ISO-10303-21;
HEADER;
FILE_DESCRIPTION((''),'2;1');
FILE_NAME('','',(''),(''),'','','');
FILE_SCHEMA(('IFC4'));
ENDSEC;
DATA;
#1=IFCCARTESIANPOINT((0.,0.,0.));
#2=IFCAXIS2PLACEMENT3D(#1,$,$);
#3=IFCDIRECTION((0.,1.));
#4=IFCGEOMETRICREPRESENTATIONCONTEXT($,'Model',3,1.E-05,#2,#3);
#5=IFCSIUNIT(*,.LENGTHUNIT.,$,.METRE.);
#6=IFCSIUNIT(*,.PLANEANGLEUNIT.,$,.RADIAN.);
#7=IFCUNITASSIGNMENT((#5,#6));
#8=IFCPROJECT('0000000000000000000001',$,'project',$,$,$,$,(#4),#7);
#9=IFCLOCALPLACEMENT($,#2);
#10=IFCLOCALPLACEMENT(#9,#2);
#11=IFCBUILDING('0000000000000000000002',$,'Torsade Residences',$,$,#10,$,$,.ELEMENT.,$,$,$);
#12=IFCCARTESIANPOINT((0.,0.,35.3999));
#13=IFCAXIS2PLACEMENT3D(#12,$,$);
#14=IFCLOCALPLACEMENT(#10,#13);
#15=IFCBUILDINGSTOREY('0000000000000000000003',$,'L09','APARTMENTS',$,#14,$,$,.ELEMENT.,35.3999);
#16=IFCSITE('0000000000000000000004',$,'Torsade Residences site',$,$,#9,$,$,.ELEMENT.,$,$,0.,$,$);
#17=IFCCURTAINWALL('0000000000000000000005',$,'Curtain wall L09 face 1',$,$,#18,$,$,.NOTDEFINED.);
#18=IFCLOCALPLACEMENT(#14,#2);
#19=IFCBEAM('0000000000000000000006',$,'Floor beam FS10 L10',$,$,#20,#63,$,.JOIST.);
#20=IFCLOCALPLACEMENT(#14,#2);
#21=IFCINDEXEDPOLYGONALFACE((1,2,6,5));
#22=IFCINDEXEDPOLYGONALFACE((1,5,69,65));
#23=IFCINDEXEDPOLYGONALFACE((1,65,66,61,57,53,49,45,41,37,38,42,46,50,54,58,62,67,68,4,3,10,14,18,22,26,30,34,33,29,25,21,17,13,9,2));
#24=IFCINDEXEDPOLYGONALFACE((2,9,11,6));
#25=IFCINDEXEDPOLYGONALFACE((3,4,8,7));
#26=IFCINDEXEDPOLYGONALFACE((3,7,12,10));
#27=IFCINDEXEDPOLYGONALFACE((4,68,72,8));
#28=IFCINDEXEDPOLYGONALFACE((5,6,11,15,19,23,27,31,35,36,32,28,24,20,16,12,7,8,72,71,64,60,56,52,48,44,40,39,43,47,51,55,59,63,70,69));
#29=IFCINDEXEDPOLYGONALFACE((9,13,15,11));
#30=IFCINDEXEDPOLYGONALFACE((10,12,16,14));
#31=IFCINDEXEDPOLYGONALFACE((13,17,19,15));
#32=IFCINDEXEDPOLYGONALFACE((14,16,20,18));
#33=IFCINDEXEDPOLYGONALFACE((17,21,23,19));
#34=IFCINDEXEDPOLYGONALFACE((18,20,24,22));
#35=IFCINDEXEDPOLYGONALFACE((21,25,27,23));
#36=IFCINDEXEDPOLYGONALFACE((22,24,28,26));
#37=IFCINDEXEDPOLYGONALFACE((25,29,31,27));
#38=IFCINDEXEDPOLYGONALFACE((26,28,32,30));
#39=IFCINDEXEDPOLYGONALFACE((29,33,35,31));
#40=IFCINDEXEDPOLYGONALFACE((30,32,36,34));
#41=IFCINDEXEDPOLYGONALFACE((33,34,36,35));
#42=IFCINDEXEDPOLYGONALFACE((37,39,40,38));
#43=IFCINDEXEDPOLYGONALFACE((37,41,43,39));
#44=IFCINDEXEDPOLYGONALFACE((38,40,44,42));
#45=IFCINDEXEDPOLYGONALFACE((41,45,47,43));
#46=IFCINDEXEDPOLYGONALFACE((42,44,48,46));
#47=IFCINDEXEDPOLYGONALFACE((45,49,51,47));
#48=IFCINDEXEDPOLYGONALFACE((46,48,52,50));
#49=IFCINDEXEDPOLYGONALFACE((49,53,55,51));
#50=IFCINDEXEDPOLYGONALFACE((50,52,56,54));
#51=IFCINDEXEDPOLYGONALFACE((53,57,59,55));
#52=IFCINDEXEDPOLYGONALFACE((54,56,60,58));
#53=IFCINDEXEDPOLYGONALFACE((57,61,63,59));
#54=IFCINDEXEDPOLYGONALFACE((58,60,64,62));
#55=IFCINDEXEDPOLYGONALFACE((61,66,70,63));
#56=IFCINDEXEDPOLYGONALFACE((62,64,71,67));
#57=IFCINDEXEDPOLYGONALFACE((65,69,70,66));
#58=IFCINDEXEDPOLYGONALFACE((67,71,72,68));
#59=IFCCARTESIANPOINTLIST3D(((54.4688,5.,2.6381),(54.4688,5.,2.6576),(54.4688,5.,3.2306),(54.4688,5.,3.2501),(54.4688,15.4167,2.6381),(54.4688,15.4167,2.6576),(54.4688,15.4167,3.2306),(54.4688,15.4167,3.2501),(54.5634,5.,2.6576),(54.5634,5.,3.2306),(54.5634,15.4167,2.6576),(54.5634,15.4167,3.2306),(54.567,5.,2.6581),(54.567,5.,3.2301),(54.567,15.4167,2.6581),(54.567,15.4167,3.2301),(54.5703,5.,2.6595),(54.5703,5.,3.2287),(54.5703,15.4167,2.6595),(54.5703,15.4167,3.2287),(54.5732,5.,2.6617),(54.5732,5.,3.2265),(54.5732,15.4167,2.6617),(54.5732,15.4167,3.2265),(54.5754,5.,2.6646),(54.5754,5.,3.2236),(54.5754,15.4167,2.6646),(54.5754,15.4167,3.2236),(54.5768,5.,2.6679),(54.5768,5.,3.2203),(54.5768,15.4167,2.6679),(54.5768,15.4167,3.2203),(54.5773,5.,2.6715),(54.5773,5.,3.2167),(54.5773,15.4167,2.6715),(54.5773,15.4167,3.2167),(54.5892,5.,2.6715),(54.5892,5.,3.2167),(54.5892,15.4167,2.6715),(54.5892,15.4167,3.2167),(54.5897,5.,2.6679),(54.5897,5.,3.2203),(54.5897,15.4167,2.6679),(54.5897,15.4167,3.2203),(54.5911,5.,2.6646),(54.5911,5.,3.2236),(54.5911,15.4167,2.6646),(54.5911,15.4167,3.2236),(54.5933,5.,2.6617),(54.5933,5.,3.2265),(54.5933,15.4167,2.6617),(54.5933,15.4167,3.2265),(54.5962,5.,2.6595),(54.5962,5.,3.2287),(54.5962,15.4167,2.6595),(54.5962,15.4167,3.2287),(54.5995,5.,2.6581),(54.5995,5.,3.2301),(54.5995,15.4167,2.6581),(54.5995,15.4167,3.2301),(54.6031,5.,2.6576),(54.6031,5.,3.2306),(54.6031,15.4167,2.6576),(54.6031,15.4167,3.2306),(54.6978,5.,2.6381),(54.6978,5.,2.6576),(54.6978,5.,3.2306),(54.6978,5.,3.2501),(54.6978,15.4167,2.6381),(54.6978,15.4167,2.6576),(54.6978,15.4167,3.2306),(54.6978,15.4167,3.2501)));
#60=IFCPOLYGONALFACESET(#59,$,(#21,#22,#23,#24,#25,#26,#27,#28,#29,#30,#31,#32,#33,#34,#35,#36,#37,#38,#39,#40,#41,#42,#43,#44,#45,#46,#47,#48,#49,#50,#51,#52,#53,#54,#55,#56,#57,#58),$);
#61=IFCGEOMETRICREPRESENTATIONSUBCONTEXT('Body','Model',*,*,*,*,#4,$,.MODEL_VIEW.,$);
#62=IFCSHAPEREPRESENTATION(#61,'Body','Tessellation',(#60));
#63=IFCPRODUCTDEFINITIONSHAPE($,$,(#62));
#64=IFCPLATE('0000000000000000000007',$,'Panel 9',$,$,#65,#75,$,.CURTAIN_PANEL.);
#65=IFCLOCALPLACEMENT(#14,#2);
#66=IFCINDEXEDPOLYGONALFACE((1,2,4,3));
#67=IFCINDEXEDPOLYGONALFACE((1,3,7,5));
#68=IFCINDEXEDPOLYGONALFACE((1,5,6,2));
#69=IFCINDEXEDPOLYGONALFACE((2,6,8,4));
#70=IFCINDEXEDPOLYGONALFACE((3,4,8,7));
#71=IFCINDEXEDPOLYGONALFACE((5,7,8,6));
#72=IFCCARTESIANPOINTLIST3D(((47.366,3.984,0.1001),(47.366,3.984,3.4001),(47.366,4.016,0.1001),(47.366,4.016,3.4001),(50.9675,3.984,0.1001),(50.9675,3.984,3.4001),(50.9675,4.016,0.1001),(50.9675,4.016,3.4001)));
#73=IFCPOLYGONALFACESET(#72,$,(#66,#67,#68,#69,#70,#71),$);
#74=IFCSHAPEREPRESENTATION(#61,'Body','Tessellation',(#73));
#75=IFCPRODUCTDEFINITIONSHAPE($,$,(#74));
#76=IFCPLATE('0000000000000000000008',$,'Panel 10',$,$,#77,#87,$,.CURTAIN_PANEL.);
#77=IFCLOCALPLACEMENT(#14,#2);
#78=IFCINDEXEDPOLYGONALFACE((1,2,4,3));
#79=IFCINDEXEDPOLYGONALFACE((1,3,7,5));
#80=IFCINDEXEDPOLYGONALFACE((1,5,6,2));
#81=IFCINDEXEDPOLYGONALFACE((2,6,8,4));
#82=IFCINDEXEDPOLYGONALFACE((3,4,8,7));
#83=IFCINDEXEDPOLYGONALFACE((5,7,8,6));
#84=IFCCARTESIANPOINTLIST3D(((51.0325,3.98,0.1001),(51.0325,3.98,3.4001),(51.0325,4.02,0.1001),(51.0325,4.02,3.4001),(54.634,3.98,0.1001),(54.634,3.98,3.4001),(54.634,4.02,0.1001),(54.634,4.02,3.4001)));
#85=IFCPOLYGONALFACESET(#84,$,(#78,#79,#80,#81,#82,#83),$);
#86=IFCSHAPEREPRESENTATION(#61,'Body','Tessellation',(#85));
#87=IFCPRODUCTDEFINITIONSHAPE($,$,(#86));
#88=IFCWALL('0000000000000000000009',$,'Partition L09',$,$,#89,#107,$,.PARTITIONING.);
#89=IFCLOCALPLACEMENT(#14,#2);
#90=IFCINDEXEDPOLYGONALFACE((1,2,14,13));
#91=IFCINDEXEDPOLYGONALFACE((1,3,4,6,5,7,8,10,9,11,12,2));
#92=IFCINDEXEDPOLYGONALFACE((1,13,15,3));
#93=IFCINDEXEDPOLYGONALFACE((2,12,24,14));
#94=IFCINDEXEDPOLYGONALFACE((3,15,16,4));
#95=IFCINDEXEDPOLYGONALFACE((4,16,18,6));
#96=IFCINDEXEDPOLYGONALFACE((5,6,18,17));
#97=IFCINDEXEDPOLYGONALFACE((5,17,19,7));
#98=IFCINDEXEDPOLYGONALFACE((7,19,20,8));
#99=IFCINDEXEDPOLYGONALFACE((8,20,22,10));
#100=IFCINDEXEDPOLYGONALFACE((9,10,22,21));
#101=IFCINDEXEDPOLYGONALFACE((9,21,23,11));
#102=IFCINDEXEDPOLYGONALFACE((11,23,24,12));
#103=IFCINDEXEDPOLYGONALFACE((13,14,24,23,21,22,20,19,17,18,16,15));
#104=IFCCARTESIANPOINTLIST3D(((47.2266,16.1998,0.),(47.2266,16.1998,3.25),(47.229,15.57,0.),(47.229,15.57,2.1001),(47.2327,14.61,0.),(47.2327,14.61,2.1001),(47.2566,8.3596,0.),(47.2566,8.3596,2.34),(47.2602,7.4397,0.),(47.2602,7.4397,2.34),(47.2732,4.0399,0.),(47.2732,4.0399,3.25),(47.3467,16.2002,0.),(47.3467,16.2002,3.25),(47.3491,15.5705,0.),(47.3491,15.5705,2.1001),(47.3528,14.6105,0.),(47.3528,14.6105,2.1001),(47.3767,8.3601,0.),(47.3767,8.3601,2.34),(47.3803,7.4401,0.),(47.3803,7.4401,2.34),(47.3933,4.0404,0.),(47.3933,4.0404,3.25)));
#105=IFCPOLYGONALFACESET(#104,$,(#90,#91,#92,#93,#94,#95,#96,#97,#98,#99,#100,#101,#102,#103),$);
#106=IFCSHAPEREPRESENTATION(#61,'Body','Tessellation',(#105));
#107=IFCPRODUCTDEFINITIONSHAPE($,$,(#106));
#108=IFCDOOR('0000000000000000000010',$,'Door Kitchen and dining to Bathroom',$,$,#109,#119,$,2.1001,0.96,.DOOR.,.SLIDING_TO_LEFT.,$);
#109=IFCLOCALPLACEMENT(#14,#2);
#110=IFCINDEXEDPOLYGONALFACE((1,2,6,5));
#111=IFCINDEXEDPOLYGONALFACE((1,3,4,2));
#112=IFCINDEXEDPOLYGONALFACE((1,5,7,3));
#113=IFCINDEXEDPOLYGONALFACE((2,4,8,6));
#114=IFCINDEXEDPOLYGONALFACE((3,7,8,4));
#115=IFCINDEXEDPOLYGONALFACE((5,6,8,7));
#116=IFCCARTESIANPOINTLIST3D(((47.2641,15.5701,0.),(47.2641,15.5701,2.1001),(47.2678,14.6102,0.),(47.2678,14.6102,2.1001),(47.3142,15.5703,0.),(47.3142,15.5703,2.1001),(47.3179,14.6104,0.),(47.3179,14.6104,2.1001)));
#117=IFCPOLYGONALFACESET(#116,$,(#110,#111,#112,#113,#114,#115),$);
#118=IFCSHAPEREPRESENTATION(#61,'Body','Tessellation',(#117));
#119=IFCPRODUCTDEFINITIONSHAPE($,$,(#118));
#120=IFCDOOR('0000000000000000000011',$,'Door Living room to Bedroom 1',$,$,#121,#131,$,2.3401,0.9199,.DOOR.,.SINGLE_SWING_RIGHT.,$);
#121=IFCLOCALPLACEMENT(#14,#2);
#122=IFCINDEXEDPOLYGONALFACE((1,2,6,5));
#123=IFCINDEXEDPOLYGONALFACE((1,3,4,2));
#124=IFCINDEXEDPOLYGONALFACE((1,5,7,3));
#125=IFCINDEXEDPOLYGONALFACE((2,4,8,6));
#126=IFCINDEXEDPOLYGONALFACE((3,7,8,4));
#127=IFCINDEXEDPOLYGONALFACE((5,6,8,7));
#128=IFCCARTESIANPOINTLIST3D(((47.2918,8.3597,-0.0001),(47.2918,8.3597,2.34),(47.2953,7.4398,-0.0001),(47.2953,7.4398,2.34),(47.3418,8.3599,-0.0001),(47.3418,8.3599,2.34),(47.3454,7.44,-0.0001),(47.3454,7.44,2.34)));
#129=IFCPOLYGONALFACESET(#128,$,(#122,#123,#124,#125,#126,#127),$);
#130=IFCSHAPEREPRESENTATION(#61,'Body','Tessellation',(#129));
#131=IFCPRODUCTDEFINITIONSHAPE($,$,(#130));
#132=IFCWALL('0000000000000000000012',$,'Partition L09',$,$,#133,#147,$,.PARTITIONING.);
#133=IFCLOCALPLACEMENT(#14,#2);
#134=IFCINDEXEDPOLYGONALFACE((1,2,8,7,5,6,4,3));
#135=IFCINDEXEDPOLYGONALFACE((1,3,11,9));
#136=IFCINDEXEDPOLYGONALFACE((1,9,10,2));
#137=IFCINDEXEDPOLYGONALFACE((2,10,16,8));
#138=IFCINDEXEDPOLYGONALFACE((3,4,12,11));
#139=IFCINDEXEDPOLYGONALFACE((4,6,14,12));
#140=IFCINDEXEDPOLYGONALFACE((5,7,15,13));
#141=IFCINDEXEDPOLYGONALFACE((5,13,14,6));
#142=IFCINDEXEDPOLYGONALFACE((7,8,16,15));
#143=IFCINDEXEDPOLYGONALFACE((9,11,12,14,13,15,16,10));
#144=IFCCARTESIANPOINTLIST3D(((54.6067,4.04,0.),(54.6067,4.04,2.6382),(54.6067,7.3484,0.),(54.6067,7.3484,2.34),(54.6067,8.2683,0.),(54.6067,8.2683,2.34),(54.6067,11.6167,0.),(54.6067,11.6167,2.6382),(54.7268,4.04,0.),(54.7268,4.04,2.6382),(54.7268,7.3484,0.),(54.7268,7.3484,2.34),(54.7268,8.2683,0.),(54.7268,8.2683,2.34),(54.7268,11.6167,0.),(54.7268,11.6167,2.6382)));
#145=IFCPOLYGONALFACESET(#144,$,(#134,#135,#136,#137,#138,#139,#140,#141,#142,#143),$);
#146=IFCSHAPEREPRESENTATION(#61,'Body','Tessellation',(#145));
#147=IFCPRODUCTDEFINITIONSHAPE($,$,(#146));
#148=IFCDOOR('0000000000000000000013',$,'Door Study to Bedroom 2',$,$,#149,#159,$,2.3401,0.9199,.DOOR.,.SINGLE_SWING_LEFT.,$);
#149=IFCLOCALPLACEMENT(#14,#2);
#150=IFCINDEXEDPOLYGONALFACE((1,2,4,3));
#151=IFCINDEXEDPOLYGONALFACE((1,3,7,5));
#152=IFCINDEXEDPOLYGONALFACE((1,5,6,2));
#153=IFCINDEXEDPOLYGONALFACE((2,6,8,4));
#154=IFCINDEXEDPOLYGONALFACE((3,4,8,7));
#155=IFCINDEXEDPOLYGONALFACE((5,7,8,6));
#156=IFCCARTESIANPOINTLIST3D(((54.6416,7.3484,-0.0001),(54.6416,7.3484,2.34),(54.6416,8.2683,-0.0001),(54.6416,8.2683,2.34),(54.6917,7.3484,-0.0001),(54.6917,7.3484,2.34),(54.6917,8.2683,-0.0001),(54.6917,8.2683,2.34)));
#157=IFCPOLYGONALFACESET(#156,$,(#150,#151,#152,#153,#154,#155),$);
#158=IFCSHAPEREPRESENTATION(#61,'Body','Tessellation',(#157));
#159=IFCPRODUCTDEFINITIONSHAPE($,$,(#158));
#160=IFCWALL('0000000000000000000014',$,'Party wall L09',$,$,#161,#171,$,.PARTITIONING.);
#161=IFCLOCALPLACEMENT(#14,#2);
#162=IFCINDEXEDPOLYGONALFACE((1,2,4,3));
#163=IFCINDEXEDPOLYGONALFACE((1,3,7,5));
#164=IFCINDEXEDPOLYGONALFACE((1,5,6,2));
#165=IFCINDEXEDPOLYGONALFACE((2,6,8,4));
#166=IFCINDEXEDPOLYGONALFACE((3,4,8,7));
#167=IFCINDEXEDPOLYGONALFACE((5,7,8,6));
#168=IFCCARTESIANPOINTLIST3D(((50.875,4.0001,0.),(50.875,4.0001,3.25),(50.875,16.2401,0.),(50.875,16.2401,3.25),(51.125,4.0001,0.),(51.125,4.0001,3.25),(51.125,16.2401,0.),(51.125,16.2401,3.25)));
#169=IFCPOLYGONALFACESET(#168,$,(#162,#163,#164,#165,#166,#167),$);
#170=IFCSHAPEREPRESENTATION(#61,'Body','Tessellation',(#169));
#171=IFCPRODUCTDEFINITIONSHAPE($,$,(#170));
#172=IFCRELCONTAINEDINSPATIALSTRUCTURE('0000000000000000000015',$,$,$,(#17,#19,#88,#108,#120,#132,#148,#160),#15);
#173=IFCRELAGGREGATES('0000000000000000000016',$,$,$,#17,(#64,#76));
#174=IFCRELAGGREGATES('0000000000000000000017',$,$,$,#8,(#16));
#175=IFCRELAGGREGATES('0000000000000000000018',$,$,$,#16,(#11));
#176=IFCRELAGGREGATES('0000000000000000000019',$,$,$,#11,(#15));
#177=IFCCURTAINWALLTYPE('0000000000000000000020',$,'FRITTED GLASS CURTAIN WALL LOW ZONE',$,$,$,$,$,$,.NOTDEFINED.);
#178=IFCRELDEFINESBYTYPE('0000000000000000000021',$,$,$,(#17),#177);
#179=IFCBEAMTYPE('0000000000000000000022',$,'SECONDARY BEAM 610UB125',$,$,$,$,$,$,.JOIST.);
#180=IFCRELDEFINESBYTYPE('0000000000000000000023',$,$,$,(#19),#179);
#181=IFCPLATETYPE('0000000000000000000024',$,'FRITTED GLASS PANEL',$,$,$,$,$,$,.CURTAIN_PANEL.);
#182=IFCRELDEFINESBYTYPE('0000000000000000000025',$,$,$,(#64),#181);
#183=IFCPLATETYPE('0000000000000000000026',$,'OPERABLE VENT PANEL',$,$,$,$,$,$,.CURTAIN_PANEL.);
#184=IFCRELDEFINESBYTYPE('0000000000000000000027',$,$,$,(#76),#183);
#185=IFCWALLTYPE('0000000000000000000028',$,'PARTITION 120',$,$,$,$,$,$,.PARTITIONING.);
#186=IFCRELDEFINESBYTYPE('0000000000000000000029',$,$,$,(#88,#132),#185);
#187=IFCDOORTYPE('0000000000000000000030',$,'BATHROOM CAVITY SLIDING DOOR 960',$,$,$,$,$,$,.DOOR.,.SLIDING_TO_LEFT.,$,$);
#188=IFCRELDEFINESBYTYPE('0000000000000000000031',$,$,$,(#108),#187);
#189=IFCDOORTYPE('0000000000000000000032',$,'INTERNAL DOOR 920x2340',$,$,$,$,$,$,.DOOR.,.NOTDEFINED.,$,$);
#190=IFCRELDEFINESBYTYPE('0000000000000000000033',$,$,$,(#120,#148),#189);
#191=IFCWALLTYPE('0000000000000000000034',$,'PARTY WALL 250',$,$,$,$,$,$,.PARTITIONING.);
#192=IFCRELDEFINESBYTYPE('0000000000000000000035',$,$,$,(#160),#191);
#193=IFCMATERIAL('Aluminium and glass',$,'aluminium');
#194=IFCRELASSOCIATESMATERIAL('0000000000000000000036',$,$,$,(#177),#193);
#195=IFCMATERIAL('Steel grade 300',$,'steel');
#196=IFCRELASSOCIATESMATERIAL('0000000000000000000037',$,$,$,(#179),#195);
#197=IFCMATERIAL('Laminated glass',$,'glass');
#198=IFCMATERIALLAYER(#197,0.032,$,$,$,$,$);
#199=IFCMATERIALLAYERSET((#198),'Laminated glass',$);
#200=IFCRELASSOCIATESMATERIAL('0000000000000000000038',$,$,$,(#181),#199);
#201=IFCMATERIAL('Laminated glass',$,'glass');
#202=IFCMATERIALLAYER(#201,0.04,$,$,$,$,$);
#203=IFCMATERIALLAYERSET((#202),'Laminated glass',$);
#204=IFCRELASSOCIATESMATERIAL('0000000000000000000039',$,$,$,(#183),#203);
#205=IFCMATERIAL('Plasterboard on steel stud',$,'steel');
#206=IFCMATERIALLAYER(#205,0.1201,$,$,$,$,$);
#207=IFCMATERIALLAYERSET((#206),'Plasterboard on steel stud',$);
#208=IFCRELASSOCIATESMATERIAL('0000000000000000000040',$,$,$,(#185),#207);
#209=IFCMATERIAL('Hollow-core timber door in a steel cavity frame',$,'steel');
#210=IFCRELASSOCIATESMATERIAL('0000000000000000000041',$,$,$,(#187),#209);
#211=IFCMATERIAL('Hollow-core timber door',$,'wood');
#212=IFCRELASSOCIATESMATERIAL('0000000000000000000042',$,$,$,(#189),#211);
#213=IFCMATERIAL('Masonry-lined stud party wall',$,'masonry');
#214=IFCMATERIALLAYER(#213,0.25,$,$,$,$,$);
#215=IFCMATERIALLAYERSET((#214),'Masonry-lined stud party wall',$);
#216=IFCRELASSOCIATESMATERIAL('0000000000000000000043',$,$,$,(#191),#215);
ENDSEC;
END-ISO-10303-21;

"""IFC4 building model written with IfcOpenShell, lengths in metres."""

from ifc_helpers import new_model, si_unit, direction, frame, frame_2d, origin, origin_2d, place, context, subcontext, project, spatial, rectangle, i_section, extrude, material, layer, layer_set, material_profile, profile_set, type_object, element, fill, aggregate, save


model = new_model("IFC4")

# Units and contexts
model_context = context("Model", 3, precision=1e-05, world=origin(), true_north=direction((0.0, 1.0)))
body_context = subcontext(model_context, "Body", "Model", "MODEL_VIEW")
ifc_project = project(units=[si_unit("LENGTHUNIT", "METRE"), si_unit("PLANEANGLEUNIT", "RADIAN")], contexts=[model_context])

# Site, building, storey
site_placement = place(None, origin())
site = spatial("IfcSite", under=ifc_project, at=site_placement, Name="Torsade Residences site", CompositionType="ELEMENT", RefElevation=0.0)
building_placement = place(site_placement, origin())
building = spatial("IfcBuilding", under=site, at=building_placement, Name="Torsade Residences", CompositionType="ELEMENT")
storey_placement = place(building_placement, frame((0.0, 0.0, 35.3999)))
storey = spatial("IfcBuildingStorey", under=building, at=storey_placement, Name="L09", Description="APARTMENTS", CompositionType="ELEMENT", Elevation=35.3999)

# Curtain wall
ifc_material_1 = material(Name="Aluminium and glass", Category="aluminium")
curtain_wall_type = type_object("IfcCurtainWallType", Name="FRITTED GLASS CURTAIN WALL LOW ZONE", PredefinedType="NOTDEFINED", material=ifc_material_1)
curtain_wall_placement = place(storey_placement, origin())
curtain_wall = element("IfcCurtainWall", 1, at=curtain_wall_placement, inside=storey, type_object=curtain_wall_type, Name="Curtain wall L09 face 1", PredefinedType="NOTDEFINED")

# Beam
ifc_material_2 = material(Name="Steel grade 300", Category="steel")
ifc_material_profile_1 = material_profile(ifc_material_2, i_section(OverallWidth=0.229, OverallDepth=0.6121, WebThickness=0.012, FlangeThickness=0.0195, FilletRadius=0.0139, at=origin_2d()), Name="610UB125")
ifc_profile_set_1 = profile_set([ifc_material_profile_1], Name="Steel grade 300")
beam_type_1 = type_object("IfcBeamType", Name="SECONDARY BEAM 610UB125", PredefinedType="JOIST", material=ifc_profile_set_1)
beam_1_placement = place(storey_placement, frame((54.5833, 5.0, 2.9441), z_axis=(0.0, 1.0, 0.0), x_axis=(-1.0, 0.0, 0.0)))
element("IfcBeam", 2, at=beam_1_placement, inside=storey, type_object=beam_type_1, Name="Floor beam FS10 L10", PredefinedType="JOIST", context=body_context, shape_type="SweptSolid", body=[
    extrude(i_section(OverallWidth=0.229, OverallDepth=0.6121, WebThickness=0.012, FlangeThickness=0.0195, FilletRadius=0.0139, at=origin_2d()), origin(), (0.0, 0.0, 1.0), 10.4167),
])

# Plates
ifc_material_3 = material(Name="Laminated glass", Category="glass")
ifc_layer_1 = layer(ifc_material_3, 0.032)
ifc_layer_set_1 = layer_set([ifc_layer_1], Name="Laminated glass")
plate_type_1 = type_object("IfcPlateType", Name="FRITTED GLASS PANEL", PredefinedType="CURTAIN_PANEL", material=ifc_layer_set_1)
plate_1_placement = place(storey_placement, frame((49.1667, 4.0, 0.1001), z_axis=(0.0, 0.0, 1.0), x_axis=(1.0, 0.0, 0.0)))
plate_1 = element("IfcPlate", 3, at=plate_1_placement, type_object=plate_type_1, Name="Panel 9", PredefinedType="CURTAIN_PANEL", context=body_context, shape_type="SweptSolid", body=[
    extrude(rectangle(XDim=3.6016, YDim=0.032, at=origin_2d()), origin(), (0.0, 0.0, 1.0), 3.3),
])
ifc_material_4 = material(Name="Laminated glass", Category="glass")
ifc_layer_2 = layer(ifc_material_4, 0.04)
ifc_layer_set_2 = layer_set([ifc_layer_2], Name="Laminated glass")
plate_type_2 = type_object("IfcPlateType", Name="OPERABLE VENT PANEL", PredefinedType="CURTAIN_PANEL", material=ifc_layer_set_2)
plate_2_placement = place(storey_placement, frame((52.8333, 4.0, 0.1001), z_axis=(0.0, 0.0, 1.0), x_axis=(1.0, 0.0, 0.0)))
plate_2 = element("IfcPlate", 4, at=plate_2_placement, type_object=plate_type_2, Name="Panel 10", PredefinedType="CURTAIN_PANEL", context=body_context, shape_type="SweptSolid", body=[
    extrude(rectangle(XDim=3.6016, YDim=0.04, at=origin_2d()), origin(), (0.0, 0.0, 1.0), 3.3),
])
aggregate(curtain_wall, [plate_1, plate_2])

# Wall, openings, doors
ifc_material_5 = material(Name="Plasterboard on steel stud", Category="steel")
ifc_layer_3 = layer(ifc_material_5, 0.1201)
ifc_layer_set_3 = layer_set([ifc_layer_3], Name="Plasterboard on steel stud")
wall_type_1 = type_object("IfcWallType", Name="PARTITION 120", PredefinedType="PARTITIONING", material=ifc_layer_set_3)
wall_1_placement = place(storey_placement, frame((47.3333, 4.04, 0.0), z_axis=(0.0, 0.0, 1.0), x_axis=(-0.003835, 0.999993, 0.0)))
wall_1 = element("IfcWall", 5, at=wall_1_placement, inside=storey, type_object=wall_type_1, Name="Partition L09", PredefinedType="PARTITIONING", context=body_context, shape_type="SweptSolid", body=[
    extrude(rectangle(XDim=12.1599, YDim=0.1201, at=frame_2d((6.0801, 0.0))), origin(), (0.0, 0.0, 1.0), 3.25),
])
opening_1_placement = place(wall_1_placement, frame((10.5703, 0.0, 0.0)))
opening_1 = element("IfcOpeningElement", 6, at=opening_1_placement, cuts=wall_1, PredefinedType="OPENING", context=body_context, shape_type="SweptSolid", body=[
    extrude(rectangle(XDim=0.96, YDim=2.1001, at=frame_2d((0.48, 1.05))), frame((0.0, 0.0701, 0.0), z_axis=(0.0, -1.0, 0.0), x_axis=(1.0, 0.0, 0.0)), (0.0, 0.0, 1.0), 0.1401),
])
opening_2_placement = place(wall_1_placement, frame((3.3999, 0.0, 0.0)))
opening_2 = element("IfcOpeningElement", 7, at=opening_2_placement, cuts=wall_1, PredefinedType="OPENING", context=body_context, shape_type="SweptSolid", body=[
    extrude(rectangle(XDim=0.9199, YDim=2.3401, at=frame_2d((0.46, 1.1699))), frame((0.0, 0.0701, 0.0), z_axis=(0.0, -1.0, 0.0), x_axis=(1.0, 0.0, 0.0)), (0.0, 0.0, 1.0), 0.1401),
])
ifc_material_6 = material(Name="Hollow-core timber door in a steel cavity frame", Category="steel")
door_type_1 = type_object("IfcDoorType", Name="BATHROOM CAVITY SLIDING DOOR 960", OperationType="SLIDING_TO_LEFT", PredefinedType="DOOR", material=ifc_material_6)
door_1_placement = place(opening_1_placement, origin())
door_1 = element("IfcDoor", 8, at=door_1_placement, inside=storey, type_object=door_type_1, Name="Door Kitchen and dining to Bathroom", OperationType="SLIDING_TO_LEFT", OverallHeight=2.1001, OverallWidth=0.96, PredefinedType="DOOR", context=body_context, shape_type="SweptSolid", body=[
    extrude(rectangle(XDim=0.96, YDim=2.1001, at=frame_2d((0.48, 1.05))), frame((0.0, 0.0249, 0.0), z_axis=(0.0, -1.0, 0.0), x_axis=(1.0, 0.0, 0.0)), (0.0, 0.0, 1.0), 0.05),
])
fill(opening_1, door_1)
ifc_material_7 = material(Name="Hollow-core timber door", Category="wood")
door_type_2 = type_object("IfcDoorType", Name="INTERNAL DOOR 920x2340", OperationType="NOTDEFINED", PredefinedType="DOOR", material=ifc_material_7)
door_2_placement = place(opening_2_placement, origin())
door_2 = element("IfcDoor", 9, at=door_2_placement, inside=storey, type_object=door_type_2, Name="Door Living room to Bedroom 1", OperationType="SINGLE_SWING_RIGHT", OverallHeight=2.3401, OverallWidth=0.9199, PredefinedType="DOOR", context=body_context, shape_type="SweptSolid", body=[
    extrude(rectangle(XDim=0.9199, YDim=2.3401, at=frame_2d((0.46, 1.1699))), frame((0.0, 0.0249, 0.0), z_axis=(0.0, -1.0, 0.0), x_axis=(1.0, 0.0, 0.0)), (0.0, 0.0, 1.0), 0.05),
])
fill(opening_2, door_2)

# Wall, opening, door
wall_2_placement = place(storey_placement, frame((54.6667, 11.6167, 0.0), z_axis=(0.0, 0.0, 1.0), x_axis=(0.0, -1.0, 0.0)))
wall_2 = element("IfcWall", 10, at=wall_2_placement, inside=storey, type_object=wall_type_1, Name="Partition L09", PredefinedType="PARTITIONING", context=body_context, shape_type="SweptSolid", body=[
    extrude(rectangle(XDim=7.5767, YDim=0.1201, at=frame_2d((3.7883, 0.0))), origin(), (0.0, 0.0, 1.0), 2.6382),
])
opening_3_placement = place(wall_2_placement, frame((3.3484, 0.0, 0.0)))
opening_3 = element("IfcOpeningElement", 11, at=opening_3_placement, cuts=wall_2, PredefinedType="OPENING", context=body_context, shape_type="SweptSolid", body=[
    extrude(rectangle(XDim=0.9199, YDim=2.3401, at=frame_2d((0.46, 1.1699))), frame((0.0, 0.0701, 0.0), z_axis=(0.0, -1.0, 0.0), x_axis=(1.0, 0.0, 0.0)), (0.0, 0.0, 1.0), 0.1401),
])
door_3_placement = place(opening_3_placement, origin())
door_3 = element("IfcDoor", 12, at=door_3_placement, inside=storey, type_object=door_type_2, Name="Door Study to Bedroom 2", OperationType="SINGLE_SWING_LEFT", OverallHeight=2.3401, OverallWidth=0.9199, PredefinedType="DOOR", context=body_context, shape_type="SweptSolid", body=[
    extrude(rectangle(XDim=0.9199, YDim=2.3401, at=frame_2d((0.46, 1.1699))), frame((0.0, 0.0249, 0.0), z_axis=(0.0, -1.0, 0.0), x_axis=(1.0, 0.0, 0.0)), (0.0, 0.0, 1.0), 0.05),
])
fill(opening_3, door_3)

# Wall
ifc_material_8 = material(Name="Masonry-lined stud party wall", Category="masonry")
ifc_layer_4 = layer(ifc_material_8, 0.25)
ifc_layer_set_4 = layer_set([ifc_layer_4], Name="Masonry-lined stud party wall")
wall_type_2 = type_object("IfcWallType", Name="PARTY WALL 250", PredefinedType="PARTITIONING", material=ifc_layer_set_4)
wall_3_placement = place(storey_placement, frame((51.0, 4.0, 0.0), z_axis=(0.0, 0.0, 1.0), x_axis=(0.0, 1.0, 0.0)))
element("IfcWall", 13, at=wall_3_placement, inside=storey, type_object=wall_type_2, Name="Party wall L09", PredefinedType="PARTITIONING", context=body_context, shape_type="SweptSolid", body=[
    extrude(rectangle(XDim=12.24, YDim=0.25, at=frame_2d((6.1201, 0.0))), origin(), (0.0, 0.0, 1.0), 3.25),
])

save(model, "model.ifc")
